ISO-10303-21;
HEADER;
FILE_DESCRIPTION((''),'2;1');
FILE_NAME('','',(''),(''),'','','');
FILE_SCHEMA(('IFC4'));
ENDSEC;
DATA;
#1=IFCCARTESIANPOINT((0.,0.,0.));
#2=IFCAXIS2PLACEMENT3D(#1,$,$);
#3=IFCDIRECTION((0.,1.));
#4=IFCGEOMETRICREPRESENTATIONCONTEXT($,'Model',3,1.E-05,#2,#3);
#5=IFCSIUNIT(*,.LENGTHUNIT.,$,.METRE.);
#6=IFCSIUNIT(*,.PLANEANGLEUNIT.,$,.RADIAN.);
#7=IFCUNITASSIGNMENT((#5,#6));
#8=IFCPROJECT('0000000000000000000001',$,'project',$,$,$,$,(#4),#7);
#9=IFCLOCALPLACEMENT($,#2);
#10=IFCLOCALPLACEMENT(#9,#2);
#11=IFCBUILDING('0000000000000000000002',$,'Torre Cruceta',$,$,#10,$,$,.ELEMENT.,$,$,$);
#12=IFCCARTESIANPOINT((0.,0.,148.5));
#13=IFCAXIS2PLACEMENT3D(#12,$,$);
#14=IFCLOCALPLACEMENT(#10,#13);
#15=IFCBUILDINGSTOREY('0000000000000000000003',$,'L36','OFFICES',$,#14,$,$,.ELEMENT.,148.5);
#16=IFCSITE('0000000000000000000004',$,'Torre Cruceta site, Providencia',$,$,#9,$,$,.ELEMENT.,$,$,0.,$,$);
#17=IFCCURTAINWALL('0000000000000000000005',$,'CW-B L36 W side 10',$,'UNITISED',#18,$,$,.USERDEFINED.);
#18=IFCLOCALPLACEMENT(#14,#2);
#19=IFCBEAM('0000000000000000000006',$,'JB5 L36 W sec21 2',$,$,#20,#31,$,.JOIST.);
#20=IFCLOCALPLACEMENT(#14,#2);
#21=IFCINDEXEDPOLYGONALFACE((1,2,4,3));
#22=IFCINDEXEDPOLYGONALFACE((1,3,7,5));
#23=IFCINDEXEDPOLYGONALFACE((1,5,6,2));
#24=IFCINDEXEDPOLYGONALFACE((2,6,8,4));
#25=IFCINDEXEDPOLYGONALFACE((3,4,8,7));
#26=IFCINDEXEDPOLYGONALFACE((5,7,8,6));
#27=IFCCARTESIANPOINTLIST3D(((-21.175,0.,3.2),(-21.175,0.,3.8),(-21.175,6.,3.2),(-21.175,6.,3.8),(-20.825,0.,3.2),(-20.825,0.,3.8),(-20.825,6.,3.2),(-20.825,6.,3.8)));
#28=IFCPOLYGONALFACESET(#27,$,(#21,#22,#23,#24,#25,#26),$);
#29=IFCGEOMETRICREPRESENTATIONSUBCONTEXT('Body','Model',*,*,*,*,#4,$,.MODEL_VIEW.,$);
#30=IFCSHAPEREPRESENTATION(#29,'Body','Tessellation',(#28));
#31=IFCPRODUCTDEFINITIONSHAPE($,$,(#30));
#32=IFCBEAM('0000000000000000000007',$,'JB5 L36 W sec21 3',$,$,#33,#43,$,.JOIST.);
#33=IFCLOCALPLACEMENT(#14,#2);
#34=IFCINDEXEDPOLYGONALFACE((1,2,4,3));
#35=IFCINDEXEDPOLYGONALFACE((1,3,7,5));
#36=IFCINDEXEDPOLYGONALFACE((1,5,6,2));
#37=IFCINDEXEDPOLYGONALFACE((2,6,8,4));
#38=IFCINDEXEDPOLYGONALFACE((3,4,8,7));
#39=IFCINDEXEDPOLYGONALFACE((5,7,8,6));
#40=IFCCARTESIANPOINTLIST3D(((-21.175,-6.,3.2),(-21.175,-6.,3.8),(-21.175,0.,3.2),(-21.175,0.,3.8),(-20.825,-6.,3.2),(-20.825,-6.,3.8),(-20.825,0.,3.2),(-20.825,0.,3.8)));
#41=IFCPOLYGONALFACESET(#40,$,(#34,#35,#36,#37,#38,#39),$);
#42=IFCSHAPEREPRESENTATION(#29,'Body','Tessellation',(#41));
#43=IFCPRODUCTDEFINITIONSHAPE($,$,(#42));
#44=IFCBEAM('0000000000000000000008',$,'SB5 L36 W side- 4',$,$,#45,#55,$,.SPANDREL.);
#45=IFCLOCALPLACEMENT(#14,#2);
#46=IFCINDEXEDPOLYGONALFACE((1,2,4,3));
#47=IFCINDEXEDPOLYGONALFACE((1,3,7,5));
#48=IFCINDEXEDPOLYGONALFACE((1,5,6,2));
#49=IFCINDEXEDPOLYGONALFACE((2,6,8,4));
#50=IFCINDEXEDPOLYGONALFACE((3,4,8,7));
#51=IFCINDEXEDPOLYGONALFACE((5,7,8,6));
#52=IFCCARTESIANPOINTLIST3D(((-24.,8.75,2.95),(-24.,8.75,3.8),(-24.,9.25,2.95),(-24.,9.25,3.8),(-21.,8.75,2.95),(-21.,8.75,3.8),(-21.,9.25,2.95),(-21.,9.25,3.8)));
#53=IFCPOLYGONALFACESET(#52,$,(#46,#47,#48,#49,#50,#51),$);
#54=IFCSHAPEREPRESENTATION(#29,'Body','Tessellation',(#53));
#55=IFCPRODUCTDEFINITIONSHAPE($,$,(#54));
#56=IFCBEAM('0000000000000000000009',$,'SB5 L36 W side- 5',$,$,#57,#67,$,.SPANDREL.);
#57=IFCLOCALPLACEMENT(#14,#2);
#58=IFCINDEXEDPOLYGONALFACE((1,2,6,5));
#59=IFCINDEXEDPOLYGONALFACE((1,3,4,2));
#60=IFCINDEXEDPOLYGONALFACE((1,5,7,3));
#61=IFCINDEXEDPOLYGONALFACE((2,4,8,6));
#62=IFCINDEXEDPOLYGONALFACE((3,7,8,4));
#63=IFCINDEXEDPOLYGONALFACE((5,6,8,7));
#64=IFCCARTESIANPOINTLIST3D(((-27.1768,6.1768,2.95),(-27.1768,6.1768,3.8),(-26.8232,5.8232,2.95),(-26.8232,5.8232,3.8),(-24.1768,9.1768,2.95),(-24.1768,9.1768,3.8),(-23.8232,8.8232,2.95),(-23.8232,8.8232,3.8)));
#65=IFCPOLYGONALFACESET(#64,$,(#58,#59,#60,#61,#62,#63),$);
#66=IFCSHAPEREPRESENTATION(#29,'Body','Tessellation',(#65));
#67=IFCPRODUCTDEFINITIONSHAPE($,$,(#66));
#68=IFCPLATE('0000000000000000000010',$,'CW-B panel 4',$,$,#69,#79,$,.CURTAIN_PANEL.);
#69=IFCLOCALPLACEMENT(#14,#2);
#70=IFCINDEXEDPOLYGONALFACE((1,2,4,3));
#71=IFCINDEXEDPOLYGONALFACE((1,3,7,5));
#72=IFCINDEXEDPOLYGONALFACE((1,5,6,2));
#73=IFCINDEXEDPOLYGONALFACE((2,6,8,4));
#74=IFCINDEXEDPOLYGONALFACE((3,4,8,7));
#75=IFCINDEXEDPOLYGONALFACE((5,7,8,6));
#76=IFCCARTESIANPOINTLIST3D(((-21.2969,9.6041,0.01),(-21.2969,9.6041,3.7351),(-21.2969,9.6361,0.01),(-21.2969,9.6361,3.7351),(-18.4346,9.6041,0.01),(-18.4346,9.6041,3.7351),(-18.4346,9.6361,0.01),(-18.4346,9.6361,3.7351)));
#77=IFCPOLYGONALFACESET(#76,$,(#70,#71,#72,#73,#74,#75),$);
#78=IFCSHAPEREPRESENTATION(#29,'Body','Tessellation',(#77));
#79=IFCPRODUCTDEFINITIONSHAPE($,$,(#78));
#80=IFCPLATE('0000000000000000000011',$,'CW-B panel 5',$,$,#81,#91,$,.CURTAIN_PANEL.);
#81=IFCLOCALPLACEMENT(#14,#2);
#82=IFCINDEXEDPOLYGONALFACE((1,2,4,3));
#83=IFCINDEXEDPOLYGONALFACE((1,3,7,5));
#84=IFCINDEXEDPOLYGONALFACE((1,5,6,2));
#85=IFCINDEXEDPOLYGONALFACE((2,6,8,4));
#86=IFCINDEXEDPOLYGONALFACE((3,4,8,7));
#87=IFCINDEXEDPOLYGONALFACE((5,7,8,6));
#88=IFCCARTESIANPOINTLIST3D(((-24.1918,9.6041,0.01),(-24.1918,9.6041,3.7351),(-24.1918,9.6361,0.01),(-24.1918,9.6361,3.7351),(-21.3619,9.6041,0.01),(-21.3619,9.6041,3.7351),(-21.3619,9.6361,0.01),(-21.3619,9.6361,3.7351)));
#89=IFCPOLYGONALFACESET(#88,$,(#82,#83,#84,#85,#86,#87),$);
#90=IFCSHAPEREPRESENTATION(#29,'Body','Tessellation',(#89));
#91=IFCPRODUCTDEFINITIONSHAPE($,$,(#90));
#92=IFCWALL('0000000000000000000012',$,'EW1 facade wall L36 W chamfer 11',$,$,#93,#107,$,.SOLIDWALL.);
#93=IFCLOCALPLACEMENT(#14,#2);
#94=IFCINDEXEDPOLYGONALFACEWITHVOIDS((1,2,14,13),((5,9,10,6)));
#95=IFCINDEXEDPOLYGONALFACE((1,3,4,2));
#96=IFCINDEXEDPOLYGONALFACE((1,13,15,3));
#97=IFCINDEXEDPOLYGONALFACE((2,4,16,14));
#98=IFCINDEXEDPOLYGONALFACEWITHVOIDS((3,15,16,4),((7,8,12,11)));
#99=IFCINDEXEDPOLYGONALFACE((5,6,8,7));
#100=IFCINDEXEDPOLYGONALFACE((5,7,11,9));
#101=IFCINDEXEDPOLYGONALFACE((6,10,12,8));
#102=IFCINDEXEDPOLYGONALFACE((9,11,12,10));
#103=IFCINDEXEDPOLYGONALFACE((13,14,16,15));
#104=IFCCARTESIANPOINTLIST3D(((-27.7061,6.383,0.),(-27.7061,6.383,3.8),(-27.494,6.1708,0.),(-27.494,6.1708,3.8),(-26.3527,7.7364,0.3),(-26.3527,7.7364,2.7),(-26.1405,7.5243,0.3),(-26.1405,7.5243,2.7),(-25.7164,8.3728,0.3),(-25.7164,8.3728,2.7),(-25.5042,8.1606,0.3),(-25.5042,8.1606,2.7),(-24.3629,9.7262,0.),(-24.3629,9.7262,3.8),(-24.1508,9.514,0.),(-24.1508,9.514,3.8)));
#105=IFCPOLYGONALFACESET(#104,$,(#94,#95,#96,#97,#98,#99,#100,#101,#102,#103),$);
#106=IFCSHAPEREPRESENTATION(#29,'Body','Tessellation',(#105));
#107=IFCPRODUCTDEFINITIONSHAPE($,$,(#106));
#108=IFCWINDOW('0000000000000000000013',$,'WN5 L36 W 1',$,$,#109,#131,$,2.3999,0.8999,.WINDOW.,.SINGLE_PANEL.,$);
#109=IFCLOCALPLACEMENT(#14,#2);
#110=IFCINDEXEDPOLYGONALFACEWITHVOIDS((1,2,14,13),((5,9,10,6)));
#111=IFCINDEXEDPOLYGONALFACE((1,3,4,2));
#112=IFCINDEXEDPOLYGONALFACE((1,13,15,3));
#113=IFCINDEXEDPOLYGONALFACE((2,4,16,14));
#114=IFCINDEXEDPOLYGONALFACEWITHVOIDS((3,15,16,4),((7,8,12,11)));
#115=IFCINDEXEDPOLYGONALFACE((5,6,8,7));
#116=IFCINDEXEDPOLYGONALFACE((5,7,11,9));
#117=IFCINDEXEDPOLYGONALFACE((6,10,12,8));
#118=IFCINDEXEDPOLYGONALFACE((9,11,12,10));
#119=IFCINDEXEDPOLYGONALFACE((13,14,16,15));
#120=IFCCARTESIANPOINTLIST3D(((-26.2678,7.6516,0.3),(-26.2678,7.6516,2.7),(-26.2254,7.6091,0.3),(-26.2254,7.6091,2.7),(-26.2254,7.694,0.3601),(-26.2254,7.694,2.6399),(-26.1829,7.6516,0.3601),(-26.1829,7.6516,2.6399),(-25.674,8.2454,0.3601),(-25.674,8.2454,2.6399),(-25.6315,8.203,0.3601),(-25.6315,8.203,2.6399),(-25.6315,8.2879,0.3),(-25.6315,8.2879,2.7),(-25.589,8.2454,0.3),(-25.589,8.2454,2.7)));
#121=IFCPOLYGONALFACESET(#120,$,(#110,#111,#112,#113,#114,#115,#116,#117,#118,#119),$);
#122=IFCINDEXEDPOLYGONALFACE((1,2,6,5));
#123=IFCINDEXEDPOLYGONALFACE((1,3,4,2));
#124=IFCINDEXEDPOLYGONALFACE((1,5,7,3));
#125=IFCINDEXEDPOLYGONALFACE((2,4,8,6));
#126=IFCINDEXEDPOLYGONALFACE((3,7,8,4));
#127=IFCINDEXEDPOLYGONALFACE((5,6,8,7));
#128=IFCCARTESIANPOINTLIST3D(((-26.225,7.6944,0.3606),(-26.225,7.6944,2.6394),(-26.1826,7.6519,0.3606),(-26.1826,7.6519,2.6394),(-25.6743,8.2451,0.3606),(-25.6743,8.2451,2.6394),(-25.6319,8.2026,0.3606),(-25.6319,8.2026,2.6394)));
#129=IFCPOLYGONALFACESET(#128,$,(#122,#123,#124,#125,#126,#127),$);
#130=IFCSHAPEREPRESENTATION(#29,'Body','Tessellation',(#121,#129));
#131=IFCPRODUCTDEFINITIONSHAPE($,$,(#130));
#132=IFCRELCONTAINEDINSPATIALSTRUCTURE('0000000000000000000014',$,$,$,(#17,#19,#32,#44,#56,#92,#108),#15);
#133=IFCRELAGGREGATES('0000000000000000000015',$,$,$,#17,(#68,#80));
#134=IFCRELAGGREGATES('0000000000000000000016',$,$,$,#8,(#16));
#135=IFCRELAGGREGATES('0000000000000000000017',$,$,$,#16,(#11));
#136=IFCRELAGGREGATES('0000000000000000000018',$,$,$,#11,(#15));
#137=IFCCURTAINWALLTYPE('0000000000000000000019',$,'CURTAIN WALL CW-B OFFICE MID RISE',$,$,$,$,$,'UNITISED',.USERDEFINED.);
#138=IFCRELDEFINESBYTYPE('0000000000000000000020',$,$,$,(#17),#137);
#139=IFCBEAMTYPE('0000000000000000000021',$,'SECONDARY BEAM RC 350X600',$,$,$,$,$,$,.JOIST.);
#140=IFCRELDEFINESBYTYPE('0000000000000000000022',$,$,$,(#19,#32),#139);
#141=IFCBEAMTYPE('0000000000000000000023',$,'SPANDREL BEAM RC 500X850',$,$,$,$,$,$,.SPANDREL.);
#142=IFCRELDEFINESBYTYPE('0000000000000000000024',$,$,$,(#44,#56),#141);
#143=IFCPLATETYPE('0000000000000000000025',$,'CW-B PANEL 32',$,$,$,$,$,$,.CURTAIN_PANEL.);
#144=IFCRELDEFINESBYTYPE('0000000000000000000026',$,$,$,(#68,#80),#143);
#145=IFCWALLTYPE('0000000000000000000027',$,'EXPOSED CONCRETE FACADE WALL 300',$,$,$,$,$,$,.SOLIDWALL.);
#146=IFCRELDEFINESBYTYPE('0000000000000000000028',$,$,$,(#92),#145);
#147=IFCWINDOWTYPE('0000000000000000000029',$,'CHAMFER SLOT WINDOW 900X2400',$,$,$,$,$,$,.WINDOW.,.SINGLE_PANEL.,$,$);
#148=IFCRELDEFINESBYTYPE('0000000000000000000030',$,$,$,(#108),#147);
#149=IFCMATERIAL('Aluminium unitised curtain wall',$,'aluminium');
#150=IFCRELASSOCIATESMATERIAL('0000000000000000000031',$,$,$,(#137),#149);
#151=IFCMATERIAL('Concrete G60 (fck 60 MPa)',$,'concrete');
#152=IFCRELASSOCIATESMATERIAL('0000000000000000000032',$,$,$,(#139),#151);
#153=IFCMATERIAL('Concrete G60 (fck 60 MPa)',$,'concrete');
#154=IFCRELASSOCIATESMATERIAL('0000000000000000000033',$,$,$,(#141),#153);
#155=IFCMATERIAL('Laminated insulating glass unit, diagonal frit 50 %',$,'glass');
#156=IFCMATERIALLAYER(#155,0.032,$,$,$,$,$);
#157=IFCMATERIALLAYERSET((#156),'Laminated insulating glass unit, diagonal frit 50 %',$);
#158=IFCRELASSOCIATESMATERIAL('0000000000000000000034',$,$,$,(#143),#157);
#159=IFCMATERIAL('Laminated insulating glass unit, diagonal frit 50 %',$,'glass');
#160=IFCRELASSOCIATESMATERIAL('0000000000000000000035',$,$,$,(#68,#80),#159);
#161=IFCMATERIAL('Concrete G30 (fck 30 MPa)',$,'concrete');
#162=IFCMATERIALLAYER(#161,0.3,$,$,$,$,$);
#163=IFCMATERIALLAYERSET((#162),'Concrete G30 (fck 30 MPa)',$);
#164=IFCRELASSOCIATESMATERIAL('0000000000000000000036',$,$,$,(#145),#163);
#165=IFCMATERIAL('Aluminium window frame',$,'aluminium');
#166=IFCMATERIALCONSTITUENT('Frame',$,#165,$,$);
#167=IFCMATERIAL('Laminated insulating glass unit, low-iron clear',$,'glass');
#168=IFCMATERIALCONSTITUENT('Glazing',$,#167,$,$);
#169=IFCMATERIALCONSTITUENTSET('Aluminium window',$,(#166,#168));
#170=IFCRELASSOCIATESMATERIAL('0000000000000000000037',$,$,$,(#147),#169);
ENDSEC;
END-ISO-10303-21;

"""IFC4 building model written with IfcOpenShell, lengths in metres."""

from ifc_helpers import new_model, si_unit, direction, frame, frame_2d, origin, origin_2d, place, context, subcontext, project, spatial, rectangle, hollow_rectangle, extrude, material, layer, layer_set, constituent, constituent_set, material_profile, profile_set, type_object, element, fill, aggregate, save


model = new_model("IFC4")

# Units and contexts
model_context = context("Model", 3, precision=1e-05, world=origin(), true_north=direction((0.0, 1.0)))
body_context = subcontext(model_context, "Body", "Model", "MODEL_VIEW")
ifc_project = project(units=[si_unit("LENGTHUNIT", "METRE"), si_unit("PLANEANGLEUNIT", "RADIAN")], contexts=[model_context])

# Site, building, storey
site_placement = place(None, origin())
site = spatial("IfcSite", under=ifc_project, at=site_placement, Name="Torre Cruceta site, Providencia", CompositionType="ELEMENT", RefElevation=0.0)
building_placement = place(site_placement, origin())
building = spatial("IfcBuilding", under=site, at=building_placement, Name="Torre Cruceta", CompositionType="ELEMENT")
storey_placement = place(building_placement, frame((0.0, 0.0, 148.5)))
storey = spatial("IfcBuildingStorey", under=building, at=storey_placement, Name="L36", Description="OFFICES", CompositionType="ELEMENT", Elevation=148.5)

# Curtain wall
ifc_material_1 = material(Name="Aluminium unitised curtain wall", Category="aluminium")
curtain_wall_type = type_object("IfcCurtainWallType", Name="CURTAIN WALL CW-B OFFICE MID RISE", ElementType="UNITISED", PredefinedType="USERDEFINED", material=ifc_material_1)
curtain_wall_placement = place(storey_placement, origin())
curtain_wall = element("IfcCurtainWall", 1, at=curtain_wall_placement, inside=storey, type_object=curtain_wall_type, Name="CW-B L36 W side 10", ObjectType="UNITISED", PredefinedType="USERDEFINED")

# Beams
ifc_material_2 = material(Name="Concrete G60 (fck 60 MPa)", Category="concrete")
ifc_material_profile_1 = material_profile(ifc_material_2, rectangle(XDim=0.3501, YDim=0.6001, at=origin_2d()), Name="RC 350X600")
ifc_profile_set_1 = profile_set([ifc_material_profile_1], Name="Concrete G60 (fck 60 MPa)")
beam_type_1 = type_object("IfcBeamType", Name="SECONDARY BEAM RC 350X600", PredefinedType="JOIST", material=ifc_profile_set_1)
for number, where, z_axis, x_axis, name in (
    (2, (-21.0, 6.0, 3.5), (0.0, -1.0, 0.0), (1.0, 0.0, 0.0), "JB5 L36 W sec21 2"),
    (3, (-21.0, 0.0, 3.5), (0.0, -1.0, 0.0), (1.0, 0.0, 0.0), "JB5 L36 W sec21 3"),
):
    element("IfcBeam", number, at=place(storey_placement, frame(where, z_axis=z_axis, x_axis=x_axis)), inside=storey, type_object=beam_type_1, Name=name, PredefinedType="JOIST", context=body_context, shape_type="SweptSolid", body=[
        extrude(rectangle(XDim=0.3501, YDim=0.6001, at=origin_2d()), origin(), (0.0, 0.0, 1.0), 6.0),
    ])
ifc_material_3 = material(Name="Concrete G60 (fck 60 MPa)", Category="concrete")
ifc_material_profile_2 = material_profile(ifc_material_3, rectangle(XDim=0.5, YDim=0.8501, at=origin_2d()), Name="RC 500X850")
ifc_profile_set_2 = profile_set([ifc_material_profile_2], Name="Concrete G60 (fck 60 MPa)")
beam_type_2 = type_object("IfcBeamType", Name="SPANDREL BEAM RC 500X850", PredefinedType="SPANDREL", material=ifc_profile_set_2)
beam_1_placement = place(storey_placement, frame((-21.0, 9.0, 3.375), z_axis=(-1.0, 0.0, 0.0), x_axis=(0.0, -1.0, 0.0)))
element("IfcBeam", 4, at=beam_1_placement, inside=storey, type_object=beam_type_2, Name="SB5 L36 W side- 4", PredefinedType="SPANDREL", context=body_context, shape_type="SweptSolid", body=[
    extrude(rectangle(XDim=0.5, YDim=0.8501, at=origin_2d()), origin(), (0.0, 0.0, 1.0), 3.0),
])
beam_2_placement = place(storey_placement, frame((-24.0, 9.0, 3.375), z_axis=(-0.707107, -0.707107, 0.0), x_axis=(0.707107, -0.707107, 0.0)))
element("IfcBeam", 5, at=beam_2_placement, inside=storey, type_object=beam_type_2, Name="SB5 L36 W side- 5", PredefinedType="SPANDREL", context=body_context, shape_type="SweptSolid", body=[
    extrude(rectangle(XDim=0.5, YDim=0.8501, at=origin_2d()), origin(), (0.0, 0.0, 1.0), 4.2427),
])

# Plates
ifc_material_4 = material(Name="Laminated insulating glass unit, diagonal frit 50 %", Category="glass")
ifc_material_5 = material(Name="Laminated insulating glass unit, diagonal frit 50 %", Category="glass")
ifc_layer_1 = layer(ifc_material_5, 0.032)
ifc_layer_set_1 = layer_set([ifc_layer_1], Name="Laminated insulating glass unit, diagonal frit 50 %")
plate_type = type_object("IfcPlateType", Name="CW-B PANEL 32", PredefinedType="CURTAIN_PANEL", material=ifc_layer_set_1)
plate_1_placement = place(storey_placement, frame((-19.8657, 9.6201, 0.01), z_axis=(0.0, 0.0, 1.0), x_axis=(-1.0, 0.0, 0.0)))
plate_1 = element("IfcPlate", 6, at=plate_1_placement, type_object=plate_type, material=ifc_material_4, Name="CW-B panel 4", PredefinedType="CURTAIN_PANEL", context=body_context, shape_type="SweptSolid", body=[
    extrude(rectangle(XDim=2.8623, YDim=0.032, at=origin_2d()), origin(), (0.0, 0.0, 1.0), 3.7251),
])
plate_2_placement = place(storey_placement, frame((-22.7769, 9.6201, 0.01), z_axis=(0.0, 0.0, 1.0), x_axis=(-1.0, 0.0, 0.0)))
plate_2 = element("IfcPlate", 7, at=plate_2_placement, type_object=plate_type, material=ifc_material_4, Name="CW-B panel 5", PredefinedType="CURTAIN_PANEL", context=body_context, shape_type="SweptSolid", body=[
    extrude(rectangle(XDim=2.8298, YDim=0.032, at=origin_2d()), origin(), (0.0, 0.0, 1.0), 3.7251),
])
aggregate(curtain_wall, [plate_1, plate_2])

# Wall, opening, window
ifc_material_6 = material(Name="Concrete G30 (fck 30 MPa)", Category="concrete")
ifc_layer_2 = layer(ifc_material_6, 0.3)
ifc_layer_set_2 = layer_set([ifc_layer_2], Name="Concrete G30 (fck 30 MPa)")
wall_type_1 = type_object("IfcWallType", Name="EXPOSED CONCRETE FACADE WALL 300", PredefinedType="SOLIDWALL", material=ifc_layer_set_2)
wall_1_placement = place(storey_placement, frame((-24.2568, 9.6201, 0.0), z_axis=(0.0, 0.0, 1.0), x_axis=(-0.707107, -0.707107, 0.0)))
wall_1 = element("IfcWall", 8, at=wall_1_placement, inside=storey, type_object=wall_type_1, Name="EW1 facade wall L36 W chamfer 11", PredefinedType="SOLIDWALL", context=body_context, shape_type="SweptSolid", body=[
    extrude(rectangle(XDim=4.728, YDim=0.3, at=frame_2d((2.364, 0.0))), origin(), (0.0, 0.0, 1.0), 3.8),
])
opening_1_placement = place(wall_1_placement, frame((1.9141, 0.0, 0.3)))
opening_1 = element("IfcOpeningElement", 9, at=opening_1_placement, cuts=wall_1, PredefinedType="OPENING", context=body_context, shape_type="SweptSolid", body=[
    extrude(rectangle(XDim=0.8999, YDim=2.3999, at=frame_2d((0.45, 1.2))), frame((0.0, 0.1599, 0.0), z_axis=(0.0, -1.0, 0.0), x_axis=(1.0, 0.0, 0.0)), (0.0, 0.0, 1.0), 0.3201),
])
ifc_material_7 = material(Name="Aluminium window frame", Category="aluminium")
ifc_constituent_1 = constituent(ifc_material_7, Name="Frame")
ifc_material_8 = material(Name="Laminated insulating glass unit, low-iron clear", Category="glass")
ifc_constituent_2 = constituent(ifc_material_8, Name="Glazing")
ifc_constituent_set_1 = constituent_set(constituents=[ifc_constituent_1, ifc_constituent_2], Name="Aluminium window")
window_type_1 = type_object("IfcWindowType", Name="CHAMFER SLOT WINDOW 900X2400", PartitioningType="SINGLE_PANEL", PredefinedType="WINDOW", material=ifc_constituent_set_1)
window_1_placement = place(opening_1_placement, origin())
window_1 = element("IfcWindow", 10, at=window_1_placement, inside=storey, type_object=window_type_1, Name="WN5 L36 W 1", OverallHeight=2.3999, OverallWidth=0.8999, PartitioningType="SINGLE_PANEL", PredefinedType="WINDOW", context=body_context, shape_type="SweptSolid", body=[
    extrude(hollow_rectangle(XDim=0.8999, YDim=2.3999, WallThickness=0.0601, at=frame_2d((0.45, 1.2))), frame((0.0, 0.03, 0.0), z_axis=(0.0, -1.0, 0.0), x_axis=(1.0, 0.0, 0.0)), (0.0, 0.0, 1.0), 0.0601),
    extrude(rectangle(XDim=0.7788, YDim=2.2788, at=frame_2d((0.45, 1.2))), frame((0.0, 0.03, 0.0), z_axis=(0.0, -1.0, 0.0), x_axis=(1.0, 0.0, 0.0)), (0.0, 0.0, 1.0), 0.0601),
])
fill(opening_1, window_1)

save(model, "model.ifc")
